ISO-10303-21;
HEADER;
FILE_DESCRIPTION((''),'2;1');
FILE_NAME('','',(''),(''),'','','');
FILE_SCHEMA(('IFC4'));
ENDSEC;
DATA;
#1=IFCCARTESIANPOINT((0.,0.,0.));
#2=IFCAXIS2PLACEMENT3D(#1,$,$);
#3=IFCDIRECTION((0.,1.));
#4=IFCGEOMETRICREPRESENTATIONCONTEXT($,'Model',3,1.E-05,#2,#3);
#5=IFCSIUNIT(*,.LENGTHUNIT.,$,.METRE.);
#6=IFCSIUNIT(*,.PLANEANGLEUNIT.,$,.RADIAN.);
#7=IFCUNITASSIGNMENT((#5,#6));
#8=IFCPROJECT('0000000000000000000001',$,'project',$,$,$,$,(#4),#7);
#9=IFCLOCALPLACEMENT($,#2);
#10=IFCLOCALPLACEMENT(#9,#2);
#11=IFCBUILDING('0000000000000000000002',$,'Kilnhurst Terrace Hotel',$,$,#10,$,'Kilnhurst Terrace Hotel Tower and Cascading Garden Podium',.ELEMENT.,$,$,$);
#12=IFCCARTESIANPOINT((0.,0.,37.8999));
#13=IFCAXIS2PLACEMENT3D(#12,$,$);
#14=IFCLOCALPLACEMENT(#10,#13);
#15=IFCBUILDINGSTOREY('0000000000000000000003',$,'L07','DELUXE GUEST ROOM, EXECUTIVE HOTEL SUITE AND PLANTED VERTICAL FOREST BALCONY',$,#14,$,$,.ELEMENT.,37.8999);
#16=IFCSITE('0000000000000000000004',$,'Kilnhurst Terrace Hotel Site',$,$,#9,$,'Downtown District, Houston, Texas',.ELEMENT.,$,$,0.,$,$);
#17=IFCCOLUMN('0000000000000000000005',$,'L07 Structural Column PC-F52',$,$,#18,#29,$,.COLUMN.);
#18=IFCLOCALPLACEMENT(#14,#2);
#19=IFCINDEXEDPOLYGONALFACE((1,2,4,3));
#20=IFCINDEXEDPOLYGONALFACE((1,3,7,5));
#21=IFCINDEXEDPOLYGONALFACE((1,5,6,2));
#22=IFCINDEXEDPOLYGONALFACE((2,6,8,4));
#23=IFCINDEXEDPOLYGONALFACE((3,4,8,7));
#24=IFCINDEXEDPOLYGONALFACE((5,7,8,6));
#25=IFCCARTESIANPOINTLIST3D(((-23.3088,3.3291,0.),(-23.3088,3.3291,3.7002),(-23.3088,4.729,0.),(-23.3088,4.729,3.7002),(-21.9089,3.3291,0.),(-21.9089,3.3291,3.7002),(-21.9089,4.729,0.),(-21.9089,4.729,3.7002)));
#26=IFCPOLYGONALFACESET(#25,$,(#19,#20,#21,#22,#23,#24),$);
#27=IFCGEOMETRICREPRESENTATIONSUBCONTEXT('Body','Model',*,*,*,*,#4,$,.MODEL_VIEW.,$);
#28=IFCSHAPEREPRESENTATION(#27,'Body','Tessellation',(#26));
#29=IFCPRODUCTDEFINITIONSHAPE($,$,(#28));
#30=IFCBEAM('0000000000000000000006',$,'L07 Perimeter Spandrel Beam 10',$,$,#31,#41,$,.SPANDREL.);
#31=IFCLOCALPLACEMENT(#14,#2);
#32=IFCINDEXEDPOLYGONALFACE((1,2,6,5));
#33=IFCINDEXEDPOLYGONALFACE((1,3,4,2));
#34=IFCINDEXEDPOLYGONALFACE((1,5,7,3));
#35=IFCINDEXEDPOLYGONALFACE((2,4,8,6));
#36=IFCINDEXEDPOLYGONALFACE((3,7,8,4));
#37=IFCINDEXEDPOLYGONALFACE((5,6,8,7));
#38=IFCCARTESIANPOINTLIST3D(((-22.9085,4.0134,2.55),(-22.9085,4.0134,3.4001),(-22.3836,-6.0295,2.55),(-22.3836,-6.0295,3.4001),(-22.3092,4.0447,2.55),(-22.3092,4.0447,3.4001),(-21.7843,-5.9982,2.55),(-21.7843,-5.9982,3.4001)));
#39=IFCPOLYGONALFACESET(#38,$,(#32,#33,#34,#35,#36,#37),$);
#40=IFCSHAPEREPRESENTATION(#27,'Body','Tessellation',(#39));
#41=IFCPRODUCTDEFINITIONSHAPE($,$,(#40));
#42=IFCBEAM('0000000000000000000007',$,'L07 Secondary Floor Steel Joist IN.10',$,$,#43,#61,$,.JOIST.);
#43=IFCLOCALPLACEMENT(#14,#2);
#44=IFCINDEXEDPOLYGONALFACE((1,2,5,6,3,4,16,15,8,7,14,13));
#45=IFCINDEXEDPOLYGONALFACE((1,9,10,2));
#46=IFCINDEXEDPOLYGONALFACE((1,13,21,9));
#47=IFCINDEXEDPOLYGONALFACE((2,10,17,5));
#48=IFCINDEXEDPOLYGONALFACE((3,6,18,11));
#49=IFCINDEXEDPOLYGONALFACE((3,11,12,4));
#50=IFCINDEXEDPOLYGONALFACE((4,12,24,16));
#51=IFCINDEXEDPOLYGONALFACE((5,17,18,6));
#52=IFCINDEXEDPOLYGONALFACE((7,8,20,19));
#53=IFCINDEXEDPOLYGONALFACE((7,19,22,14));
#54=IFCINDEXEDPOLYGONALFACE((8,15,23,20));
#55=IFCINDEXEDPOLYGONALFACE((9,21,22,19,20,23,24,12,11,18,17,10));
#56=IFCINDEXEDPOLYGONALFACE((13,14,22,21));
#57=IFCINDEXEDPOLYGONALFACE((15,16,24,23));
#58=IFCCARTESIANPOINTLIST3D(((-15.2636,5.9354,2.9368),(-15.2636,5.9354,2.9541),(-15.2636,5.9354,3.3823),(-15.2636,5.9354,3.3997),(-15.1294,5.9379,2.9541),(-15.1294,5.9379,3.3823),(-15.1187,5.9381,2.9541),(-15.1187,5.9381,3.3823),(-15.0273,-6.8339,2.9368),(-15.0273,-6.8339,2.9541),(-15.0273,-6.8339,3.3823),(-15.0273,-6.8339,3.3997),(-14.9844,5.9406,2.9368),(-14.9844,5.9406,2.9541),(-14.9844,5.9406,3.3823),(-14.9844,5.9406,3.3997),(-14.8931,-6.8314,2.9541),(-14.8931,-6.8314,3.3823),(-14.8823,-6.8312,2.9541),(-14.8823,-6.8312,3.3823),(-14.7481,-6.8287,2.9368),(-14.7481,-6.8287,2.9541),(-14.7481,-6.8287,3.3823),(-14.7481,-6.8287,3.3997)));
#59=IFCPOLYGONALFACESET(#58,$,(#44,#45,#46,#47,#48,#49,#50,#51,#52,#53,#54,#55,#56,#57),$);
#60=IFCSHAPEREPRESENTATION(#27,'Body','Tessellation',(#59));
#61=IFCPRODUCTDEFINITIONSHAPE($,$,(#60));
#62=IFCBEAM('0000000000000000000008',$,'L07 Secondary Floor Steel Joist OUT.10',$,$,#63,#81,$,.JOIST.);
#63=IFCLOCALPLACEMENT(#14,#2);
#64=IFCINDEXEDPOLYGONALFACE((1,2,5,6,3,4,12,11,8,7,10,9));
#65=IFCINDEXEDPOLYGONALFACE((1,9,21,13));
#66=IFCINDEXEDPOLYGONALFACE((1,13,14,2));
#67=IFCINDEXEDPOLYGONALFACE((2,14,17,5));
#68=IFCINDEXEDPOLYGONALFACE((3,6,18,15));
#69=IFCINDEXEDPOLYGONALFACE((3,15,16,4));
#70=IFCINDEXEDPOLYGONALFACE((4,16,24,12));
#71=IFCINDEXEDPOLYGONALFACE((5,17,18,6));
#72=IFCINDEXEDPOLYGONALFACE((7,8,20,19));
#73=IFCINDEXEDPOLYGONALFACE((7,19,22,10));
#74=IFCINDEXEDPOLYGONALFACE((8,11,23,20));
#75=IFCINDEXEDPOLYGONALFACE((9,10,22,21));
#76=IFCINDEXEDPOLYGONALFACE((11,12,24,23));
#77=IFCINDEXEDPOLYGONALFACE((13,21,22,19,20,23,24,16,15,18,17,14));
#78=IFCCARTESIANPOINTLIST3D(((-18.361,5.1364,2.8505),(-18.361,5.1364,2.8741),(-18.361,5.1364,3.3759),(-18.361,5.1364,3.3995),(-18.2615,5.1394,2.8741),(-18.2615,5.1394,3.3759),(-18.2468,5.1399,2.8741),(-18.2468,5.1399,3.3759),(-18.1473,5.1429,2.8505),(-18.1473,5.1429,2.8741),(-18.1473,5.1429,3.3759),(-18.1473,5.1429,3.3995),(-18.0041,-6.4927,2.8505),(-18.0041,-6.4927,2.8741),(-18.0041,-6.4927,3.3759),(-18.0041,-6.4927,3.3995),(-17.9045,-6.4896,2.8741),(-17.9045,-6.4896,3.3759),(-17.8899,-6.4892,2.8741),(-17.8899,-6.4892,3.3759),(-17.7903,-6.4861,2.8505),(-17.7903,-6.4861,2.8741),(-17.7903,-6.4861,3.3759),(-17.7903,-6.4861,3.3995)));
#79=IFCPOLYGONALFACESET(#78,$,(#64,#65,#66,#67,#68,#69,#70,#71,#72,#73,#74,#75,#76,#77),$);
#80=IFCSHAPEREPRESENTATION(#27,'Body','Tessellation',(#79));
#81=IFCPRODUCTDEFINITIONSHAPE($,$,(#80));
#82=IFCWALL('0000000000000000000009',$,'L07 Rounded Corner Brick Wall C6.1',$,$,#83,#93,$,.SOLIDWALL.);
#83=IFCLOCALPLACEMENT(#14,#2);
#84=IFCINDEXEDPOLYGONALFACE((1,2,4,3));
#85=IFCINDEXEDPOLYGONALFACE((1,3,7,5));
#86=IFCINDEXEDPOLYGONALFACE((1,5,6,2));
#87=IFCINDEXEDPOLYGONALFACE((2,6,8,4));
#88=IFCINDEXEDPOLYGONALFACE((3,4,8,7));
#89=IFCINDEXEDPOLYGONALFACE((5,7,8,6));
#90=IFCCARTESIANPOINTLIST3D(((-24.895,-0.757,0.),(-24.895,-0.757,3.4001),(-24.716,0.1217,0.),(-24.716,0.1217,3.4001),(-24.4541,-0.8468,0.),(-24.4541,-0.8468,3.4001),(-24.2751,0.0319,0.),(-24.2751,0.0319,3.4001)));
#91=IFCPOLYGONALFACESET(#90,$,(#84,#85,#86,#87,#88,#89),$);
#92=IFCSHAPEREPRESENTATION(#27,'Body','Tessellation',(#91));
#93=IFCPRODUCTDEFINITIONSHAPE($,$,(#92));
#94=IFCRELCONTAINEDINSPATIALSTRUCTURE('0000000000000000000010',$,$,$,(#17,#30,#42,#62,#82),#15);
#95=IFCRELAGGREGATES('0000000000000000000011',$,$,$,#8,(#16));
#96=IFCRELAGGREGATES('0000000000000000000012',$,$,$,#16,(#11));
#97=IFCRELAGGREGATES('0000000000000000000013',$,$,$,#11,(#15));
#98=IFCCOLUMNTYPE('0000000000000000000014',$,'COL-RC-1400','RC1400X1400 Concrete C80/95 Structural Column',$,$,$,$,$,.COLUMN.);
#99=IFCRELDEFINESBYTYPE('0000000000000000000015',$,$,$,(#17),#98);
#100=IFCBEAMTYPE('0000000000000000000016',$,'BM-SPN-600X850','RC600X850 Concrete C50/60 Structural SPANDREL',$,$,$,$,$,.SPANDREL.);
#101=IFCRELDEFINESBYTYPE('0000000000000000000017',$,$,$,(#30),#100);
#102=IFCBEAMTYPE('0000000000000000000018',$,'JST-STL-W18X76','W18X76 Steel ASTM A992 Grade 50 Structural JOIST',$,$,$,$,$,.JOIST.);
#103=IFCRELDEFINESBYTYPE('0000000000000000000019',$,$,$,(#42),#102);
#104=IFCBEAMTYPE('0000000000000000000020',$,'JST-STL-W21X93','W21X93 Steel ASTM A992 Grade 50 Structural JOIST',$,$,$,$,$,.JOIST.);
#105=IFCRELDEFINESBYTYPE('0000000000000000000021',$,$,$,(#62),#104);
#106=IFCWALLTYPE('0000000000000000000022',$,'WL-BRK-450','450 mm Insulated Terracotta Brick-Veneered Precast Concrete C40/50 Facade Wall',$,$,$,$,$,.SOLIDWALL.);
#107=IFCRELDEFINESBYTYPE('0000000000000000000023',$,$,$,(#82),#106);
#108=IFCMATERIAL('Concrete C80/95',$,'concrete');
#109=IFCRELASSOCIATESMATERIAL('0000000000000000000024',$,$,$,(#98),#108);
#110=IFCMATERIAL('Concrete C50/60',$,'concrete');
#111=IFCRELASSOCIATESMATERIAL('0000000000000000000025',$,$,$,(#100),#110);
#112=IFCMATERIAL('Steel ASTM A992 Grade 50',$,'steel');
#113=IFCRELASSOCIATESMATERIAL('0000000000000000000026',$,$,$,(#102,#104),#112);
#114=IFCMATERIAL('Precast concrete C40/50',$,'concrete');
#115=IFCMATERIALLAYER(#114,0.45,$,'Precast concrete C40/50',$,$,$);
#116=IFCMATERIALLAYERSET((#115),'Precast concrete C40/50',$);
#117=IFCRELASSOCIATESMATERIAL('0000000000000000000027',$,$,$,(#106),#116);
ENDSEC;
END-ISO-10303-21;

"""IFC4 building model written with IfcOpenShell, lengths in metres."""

from ifc_helpers import new_model, si_unit, direction, frame, frame_2d, origin, origin_2d, place, context, subcontext, project, spatial, rectangle, i_section, extrude, material, layer, layer_set, material_profile, profile_set, type_object, element, save


model = new_model("IFC4")

# Units and contexts
model_context = context("Model", 3, precision=1e-05, world=origin(), true_north=direction((0.0, 1.0)))
body_context = subcontext(model_context, "Body", "Model", "MODEL_VIEW")
ifc_project = project(units=[si_unit("LENGTHUNIT", "METRE"), si_unit("PLANEANGLEUNIT", "RADIAN")], contexts=[model_context])

# Site, building, storey
site_placement = place(None, origin())
site = spatial("IfcSite", under=ifc_project, at=site_placement, Name="Kilnhurst Terrace Hotel Site", LongName="Downtown District, Houston, Texas", CompositionType="ELEMENT", RefElevation=0.0)
building_placement = place(site_placement, origin())
building = spatial("IfcBuilding", under=site, at=building_placement, Name="Kilnhurst Terrace Hotel", LongName="Kilnhurst Terrace Hotel Tower and Cascading Garden Podium", CompositionType="ELEMENT")
storey_placement = place(building_placement, frame((0.0, 0.0, 37.8999)))
storey = spatial("IfcBuildingStorey", under=building, at=storey_placement, Name="L07", Description="DELUXE GUEST ROOM, EXECUTIVE HOTEL SUITE AND PLANTED VERTICAL FOREST BALCONY", CompositionType="ELEMENT", Elevation=37.8999)

# Column
ifc_material_1 = material(Name="Concrete C80/95", Category="concrete")
ifc_material_profile_1 = material_profile(ifc_material_1, rectangle(XDim=1.3999, YDim=1.3999, at=origin_2d()), Name="RC1400X1400")
ifc_profile_set_1 = profile_set([ifc_material_profile_1], Name="Concrete C80/95")
column_type = type_object("IfcColumnType", Name="COL-RC-1400", Description="RC1400X1400 Concrete C80/95 Structural Column", PredefinedType="COLUMN", material=ifc_profile_set_1)
column_placement = place(storey_placement, frame((-22.6089, 4.0291, 0.0), z_axis=(0.0, 0.0, 1.0), x_axis=(1.0, 0.0, 0.0)))
element("IfcColumn", 1, at=column_placement, inside=storey, type_object=column_type, Name="L07 Structural Column PC-F52", PredefinedType="COLUMN", context=body_context, shape_type="SweptSolid", body=[
    extrude(rectangle(XDim=1.3999, YDim=1.3999, at=origin_2d()), origin(), (0.0, 0.0, 1.0), 3.7002),
])

# Beams
ifc_material_2 = material(Name="Concrete C50/60", Category="concrete")
ifc_material_profile_2 = material_profile(ifc_material_2, rectangle(XDim=0.6001, YDim=0.8501, at=origin_2d()), Name="RC600X850")
ifc_profile_set_2 = profile_set([ifc_material_profile_2], Name="Concrete C50/60")
beam_type_1 = type_object("IfcBeamType", Name="BM-SPN-600X850", Description="RC600X850 Concrete C50/60 Structural SPANDREL", PredefinedType="SPANDREL", material=ifc_profile_set_2)
beam_1_placement = place(storey_placement, frame((-22.6089, 4.0291, 2.9751), z_axis=(0.052194, -0.998637, 0.0), x_axis=(0.998637, 0.052194, 0.0)))
element("IfcBeam", 2, at=beam_1_placement, inside=storey, type_object=beam_type_1, Name="L07 Perimeter Spandrel Beam 10", PredefinedType="SPANDREL", context=body_context, shape_type="SweptSolid", body=[
    extrude(rectangle(XDim=0.6001, YDim=0.8501, at=origin_2d()), origin(), (0.0, 0.0, 1.0), 10.0566),
])
ifc_material_3 = material(Name="Steel ASTM A992 Grade 50", Category="steel")
ifc_material_profile_3 = material_profile(ifc_material_3, i_section(OverallWidth=0.2793, OverallDepth=0.4629, WebThickness=0.0107, FlangeThickness=0.0173, at=origin_2d()), Name="W18X76")
ifc_profile_set_3 = profile_set([ifc_material_profile_3], Name="Steel ASTM A992 Grade 50")
beam_type_2 = type_object("IfcBeamType", Name="JST-STL-W18X76", Description="W18X76 Steel ASTM A992 Grade 50 Structural JOIST", PredefinedType="JOIST", material=ifc_profile_set_3)
beam_2_placement = place(storey_placement, frame((-15.124, 5.938, 3.1682), z_axis=(0.018504, -0.999829, 0.0), x_axis=(0.999829, 0.018504, 0.0)))
element("IfcBeam", 3, at=beam_2_placement, inside=storey, type_object=beam_type_2, Name="L07 Secondary Floor Steel Joist IN.10", PredefinedType="JOIST", context=body_context, shape_type="SweptSolid", body=[
    extrude(i_section(OverallWidth=0.2793, OverallDepth=0.4629, WebThickness=0.0107, FlangeThickness=0.0173, at=origin_2d()), origin(), (0.0, 0.0, 1.0), 12.7715),
])
ifc_material_profile_4 = material_profile(ifc_material_3, i_section(OverallWidth=0.2139, OverallDepth=0.5491, WebThickness=0.0146, FlangeThickness=0.0237, at=origin_2d()), Name="W21X93")
ifc_profile_set_4 = profile_set([ifc_material_profile_4], Name="Steel ASTM A992 Grade 50")
beam_type_3 = type_object("IfcBeamType", Name="JST-STL-W21X93", Description="W21X93 Steel ASTM A992 Grade 50 Structural JOIST", PredefinedType="JOIST", material=ifc_profile_set_4)
beam_3_placement = place(storey_placement, frame((-18.2542, 5.1396, 3.125), z_axis=(0.030679, -0.999529, 0.0), x_axis=(0.999529, 0.030679, 0.0)))
element("IfcBeam", 4, at=beam_3_placement, inside=storey, type_object=beam_type_3, Name="L07 Secondary Floor Steel Joist OUT.10", PredefinedType="JOIST", context=body_context, shape_type="SweptSolid", body=[
    extrude(i_section(OverallWidth=0.2139, OverallDepth=0.5491, WebThickness=0.0146, FlangeThickness=0.0237, at=origin_2d()), origin(), (0.0, 0.0, 1.0), 11.6345),
])

# Wall
ifc_material_4 = material(Name="Precast concrete C40/50", Category="concrete")
ifc_layer_1 = layer(ifc_material_4, 0.45, Name="Precast concrete C40/50")
ifc_layer_set_1 = layer_set([ifc_layer_1], Name="Precast concrete C40/50")
wall_type_1 = type_object("IfcWallType", Name="WL-BRK-450", Description="450 mm Insulated Terracotta Brick-Veneered Precast Concrete C40/50 Facade Wall", PredefinedType="SOLIDWALL", material=ifc_layer_set_1)
wall_1_placement = place(storey_placement, frame((-24.4956, 0.0767, 0.0), z_axis=(0.0, 0.0, 1.0), x_axis=(-0.199571, -0.979883, 0.0)))
element("IfcWall", 5, at=wall_1_placement, inside=storey, type_object=wall_type_1, Name="L07 Rounded Corner Brick Wall C6.1", PredefinedType="SOLIDWALL", context=body_context, shape_type="SweptSolid", body=[
    extrude(rectangle(XDim=0.8967, YDim=0.45, at=frame_2d((0.4482, 0.0))), origin(), (0.0, 0.0, 1.0), 3.4001),
])

save(model, "model.ifc")
